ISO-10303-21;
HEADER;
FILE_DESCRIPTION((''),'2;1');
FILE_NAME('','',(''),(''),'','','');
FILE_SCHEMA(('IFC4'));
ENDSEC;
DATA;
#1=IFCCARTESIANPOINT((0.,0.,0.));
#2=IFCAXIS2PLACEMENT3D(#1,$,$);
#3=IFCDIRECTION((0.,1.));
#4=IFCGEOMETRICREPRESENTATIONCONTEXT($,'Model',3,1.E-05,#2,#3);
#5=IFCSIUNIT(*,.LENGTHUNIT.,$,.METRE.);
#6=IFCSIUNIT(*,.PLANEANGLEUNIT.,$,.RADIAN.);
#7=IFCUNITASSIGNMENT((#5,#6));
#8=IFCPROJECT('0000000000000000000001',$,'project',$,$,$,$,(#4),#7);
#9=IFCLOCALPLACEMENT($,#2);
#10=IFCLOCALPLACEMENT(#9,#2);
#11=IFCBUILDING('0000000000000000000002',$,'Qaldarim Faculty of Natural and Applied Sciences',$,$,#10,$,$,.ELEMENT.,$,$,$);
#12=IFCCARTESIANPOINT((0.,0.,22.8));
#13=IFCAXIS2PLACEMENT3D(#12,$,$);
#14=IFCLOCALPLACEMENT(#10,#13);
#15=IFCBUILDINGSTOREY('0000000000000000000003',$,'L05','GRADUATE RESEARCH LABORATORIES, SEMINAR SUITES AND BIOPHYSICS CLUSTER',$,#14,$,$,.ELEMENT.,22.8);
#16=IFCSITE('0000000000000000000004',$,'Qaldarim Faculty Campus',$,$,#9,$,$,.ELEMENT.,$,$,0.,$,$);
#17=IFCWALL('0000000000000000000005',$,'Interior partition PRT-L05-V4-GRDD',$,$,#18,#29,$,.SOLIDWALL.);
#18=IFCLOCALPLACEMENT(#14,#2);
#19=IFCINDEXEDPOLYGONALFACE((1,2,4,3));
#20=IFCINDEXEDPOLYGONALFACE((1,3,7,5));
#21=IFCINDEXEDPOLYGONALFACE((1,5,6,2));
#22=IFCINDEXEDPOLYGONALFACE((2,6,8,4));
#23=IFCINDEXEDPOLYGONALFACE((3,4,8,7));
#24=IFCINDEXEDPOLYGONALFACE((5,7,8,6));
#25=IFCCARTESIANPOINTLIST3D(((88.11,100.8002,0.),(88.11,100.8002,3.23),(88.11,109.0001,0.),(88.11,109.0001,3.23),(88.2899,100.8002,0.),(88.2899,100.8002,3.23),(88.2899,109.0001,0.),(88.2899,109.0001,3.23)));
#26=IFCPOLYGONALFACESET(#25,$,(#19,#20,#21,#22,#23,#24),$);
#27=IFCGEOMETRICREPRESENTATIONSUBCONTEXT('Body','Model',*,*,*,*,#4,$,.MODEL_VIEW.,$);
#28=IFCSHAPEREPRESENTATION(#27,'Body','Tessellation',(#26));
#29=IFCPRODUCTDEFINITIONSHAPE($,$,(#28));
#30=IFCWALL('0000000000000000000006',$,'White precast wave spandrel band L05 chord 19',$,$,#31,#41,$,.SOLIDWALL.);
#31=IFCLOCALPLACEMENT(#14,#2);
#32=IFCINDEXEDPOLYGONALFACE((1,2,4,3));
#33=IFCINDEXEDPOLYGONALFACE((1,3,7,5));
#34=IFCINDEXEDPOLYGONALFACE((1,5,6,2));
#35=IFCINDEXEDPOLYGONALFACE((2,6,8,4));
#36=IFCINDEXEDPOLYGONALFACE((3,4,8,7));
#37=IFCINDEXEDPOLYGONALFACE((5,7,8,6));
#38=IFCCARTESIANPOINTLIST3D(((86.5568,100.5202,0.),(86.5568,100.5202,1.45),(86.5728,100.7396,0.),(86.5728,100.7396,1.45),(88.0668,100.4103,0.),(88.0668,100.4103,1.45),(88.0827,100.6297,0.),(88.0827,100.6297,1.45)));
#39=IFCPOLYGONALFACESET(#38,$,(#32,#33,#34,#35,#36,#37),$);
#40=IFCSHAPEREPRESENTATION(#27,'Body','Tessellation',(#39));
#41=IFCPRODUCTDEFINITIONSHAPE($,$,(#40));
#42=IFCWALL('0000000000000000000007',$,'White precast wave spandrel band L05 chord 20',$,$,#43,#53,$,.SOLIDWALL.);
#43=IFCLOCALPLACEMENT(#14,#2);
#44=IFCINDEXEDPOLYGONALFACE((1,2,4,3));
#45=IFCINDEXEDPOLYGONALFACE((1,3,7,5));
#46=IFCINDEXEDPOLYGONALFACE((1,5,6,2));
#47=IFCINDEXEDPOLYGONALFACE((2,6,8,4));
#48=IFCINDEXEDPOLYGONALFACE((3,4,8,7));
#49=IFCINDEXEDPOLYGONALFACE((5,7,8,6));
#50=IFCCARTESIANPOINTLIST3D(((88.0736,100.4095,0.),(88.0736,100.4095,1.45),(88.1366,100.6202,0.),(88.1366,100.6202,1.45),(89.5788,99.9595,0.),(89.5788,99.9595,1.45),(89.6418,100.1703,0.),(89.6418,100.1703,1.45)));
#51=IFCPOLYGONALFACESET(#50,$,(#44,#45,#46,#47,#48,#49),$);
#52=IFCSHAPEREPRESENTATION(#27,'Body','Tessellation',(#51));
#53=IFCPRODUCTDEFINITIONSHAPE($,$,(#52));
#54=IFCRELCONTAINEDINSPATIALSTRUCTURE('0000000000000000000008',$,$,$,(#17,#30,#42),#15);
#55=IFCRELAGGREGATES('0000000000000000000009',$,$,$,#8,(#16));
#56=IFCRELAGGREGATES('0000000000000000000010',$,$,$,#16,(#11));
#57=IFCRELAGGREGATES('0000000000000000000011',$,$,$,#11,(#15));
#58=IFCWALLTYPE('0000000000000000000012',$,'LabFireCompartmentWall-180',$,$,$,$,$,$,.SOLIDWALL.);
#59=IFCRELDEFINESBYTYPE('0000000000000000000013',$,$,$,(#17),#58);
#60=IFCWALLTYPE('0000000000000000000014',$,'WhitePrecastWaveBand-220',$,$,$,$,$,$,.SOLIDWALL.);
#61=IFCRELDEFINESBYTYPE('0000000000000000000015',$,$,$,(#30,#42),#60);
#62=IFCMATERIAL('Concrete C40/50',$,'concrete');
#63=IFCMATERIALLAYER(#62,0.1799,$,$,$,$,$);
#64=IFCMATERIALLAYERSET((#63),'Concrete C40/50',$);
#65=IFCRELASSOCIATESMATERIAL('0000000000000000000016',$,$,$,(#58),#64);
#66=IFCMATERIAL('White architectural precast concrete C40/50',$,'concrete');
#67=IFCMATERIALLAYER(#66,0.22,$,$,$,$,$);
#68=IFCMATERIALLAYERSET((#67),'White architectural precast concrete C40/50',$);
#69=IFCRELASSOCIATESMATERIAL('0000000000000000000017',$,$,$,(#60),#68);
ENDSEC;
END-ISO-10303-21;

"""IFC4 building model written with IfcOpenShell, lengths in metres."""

from ifc_helpers import new_model, si_unit, direction, frame, frame_2d, origin, place, context, subcontext, project, spatial, rectangle, extrude, material, layer, layer_set, type_object, element, save


model = new_model("IFC4")

# Units and contexts
model_context = context("Model", 3, precision=1e-05, world=origin(), true_north=direction((0.0, 1.0)))
body_context = subcontext(model_context, "Body", "Model", "MODEL_VIEW")
ifc_project = project(units=[si_unit("LENGTHUNIT", "METRE"), si_unit("PLANEANGLEUNIT", "RADIAN")], contexts=[model_context])

# Site, building, storey
site_placement = place(None, origin())
site = spatial("IfcSite", under=ifc_project, at=site_placement, Name="Qaldarim Faculty Campus", CompositionType="ELEMENT", RefElevation=0.0)
building_placement = place(site_placement, origin())
building = spatial("IfcBuilding", under=site, at=building_placement, Name="Qaldarim Faculty of Natural and Applied Sciences", CompositionType="ELEMENT")
storey_placement = place(building_placement, frame((0.0, 0.0, 22.8)))
storey = spatial("IfcBuildingStorey", under=building, at=storey_placement, Name="L05", Description="GRADUATE RESEARCH LABORATORIES, SEMINAR SUITES AND BIOPHYSICS CLUSTER", CompositionType="ELEMENT", Elevation=22.8)

# Shared definitions
ifc_material_1 = material(Name="Concrete C40/50", Category="concrete")

# Walls
ifc_layer_1 = layer(ifc_material_1, 0.1799)
ifc_layer_set_1 = layer_set([ifc_layer_1], Name="Concrete C40/50")
wall_type_1 = type_object("IfcWallType", Name="LabFireCompartmentWall-180", PredefinedType="SOLIDWALL", material=ifc_layer_set_1)
wall_1_placement = place(storey_placement, frame((88.2, 100.8, 0.0), z_axis=(0.0, 0.0, 1.0), x_axis=(0.0, 1.0, 0.0)))
element("IfcWall", 1, at=wall_1_placement, inside=storey, type_object=wall_type_1, Name="Interior partition PRT-L05-V4-GRDD", PredefinedType="SOLIDWALL", context=body_context, shape_type="SweptSolid", body=[
    extrude(rectangle(XDim=8.2, YDim=0.1799, at=frame_2d((4.1001, 0.0))), origin(), (0.0, 0.0, 1.0), 3.23),
])
ifc_material_2 = material(Name="White architectural precast concrete C40/50", Category="concrete")
ifc_layer_2 = layer(ifc_material_2, 0.22)
ifc_layer_set_2 = layer_set([ifc_layer_2], Name="White architectural precast concrete C40/50")
wall_type_2 = type_object("IfcWallType", Name="WhitePrecastWaveBand-220", PredefinedType="SOLIDWALL", material=ifc_layer_set_2)
wall_2_placement = place(storey_placement, frame((86.5649, 100.6299, 0.0), z_axis=(0.0, 0.0, 1.0), x_axis=(0.997364, -0.072565, 0.0)))
element("IfcWall", 2, at=wall_2_placement, inside=storey, type_object=wall_type_2, Name="White precast wave spandrel band L05 chord 19", PredefinedType="SOLIDWALL", context=body_context, shape_type="SweptSolid", body=[
    extrude(rectangle(XDim=1.5139, YDim=0.22, at=frame_2d((0.7568, 0.0))), origin(), (0.0, 0.0, 1.0), 1.45),
])
wall_3_placement = place(storey_placement, frame((88.105, 100.5149, 0.0), z_axis=(0.0, 0.0, 1.0), x_axis=(0.958104, -0.286421, 0.0)))
element("IfcWall", 3, at=wall_3_placement, inside=storey, type_object=wall_type_2, Name="White precast wave spandrel band L05 chord 20", PredefinedType="SOLIDWALL", context=body_context, shape_type="SweptSolid", body=[
    extrude(rectangle(XDim=1.571, YDim=0.22, at=frame_2d((0.7856, 0.0))), origin(), (0.0, 0.0, 1.0), 1.45),
])

save(model, "model.ifc")
